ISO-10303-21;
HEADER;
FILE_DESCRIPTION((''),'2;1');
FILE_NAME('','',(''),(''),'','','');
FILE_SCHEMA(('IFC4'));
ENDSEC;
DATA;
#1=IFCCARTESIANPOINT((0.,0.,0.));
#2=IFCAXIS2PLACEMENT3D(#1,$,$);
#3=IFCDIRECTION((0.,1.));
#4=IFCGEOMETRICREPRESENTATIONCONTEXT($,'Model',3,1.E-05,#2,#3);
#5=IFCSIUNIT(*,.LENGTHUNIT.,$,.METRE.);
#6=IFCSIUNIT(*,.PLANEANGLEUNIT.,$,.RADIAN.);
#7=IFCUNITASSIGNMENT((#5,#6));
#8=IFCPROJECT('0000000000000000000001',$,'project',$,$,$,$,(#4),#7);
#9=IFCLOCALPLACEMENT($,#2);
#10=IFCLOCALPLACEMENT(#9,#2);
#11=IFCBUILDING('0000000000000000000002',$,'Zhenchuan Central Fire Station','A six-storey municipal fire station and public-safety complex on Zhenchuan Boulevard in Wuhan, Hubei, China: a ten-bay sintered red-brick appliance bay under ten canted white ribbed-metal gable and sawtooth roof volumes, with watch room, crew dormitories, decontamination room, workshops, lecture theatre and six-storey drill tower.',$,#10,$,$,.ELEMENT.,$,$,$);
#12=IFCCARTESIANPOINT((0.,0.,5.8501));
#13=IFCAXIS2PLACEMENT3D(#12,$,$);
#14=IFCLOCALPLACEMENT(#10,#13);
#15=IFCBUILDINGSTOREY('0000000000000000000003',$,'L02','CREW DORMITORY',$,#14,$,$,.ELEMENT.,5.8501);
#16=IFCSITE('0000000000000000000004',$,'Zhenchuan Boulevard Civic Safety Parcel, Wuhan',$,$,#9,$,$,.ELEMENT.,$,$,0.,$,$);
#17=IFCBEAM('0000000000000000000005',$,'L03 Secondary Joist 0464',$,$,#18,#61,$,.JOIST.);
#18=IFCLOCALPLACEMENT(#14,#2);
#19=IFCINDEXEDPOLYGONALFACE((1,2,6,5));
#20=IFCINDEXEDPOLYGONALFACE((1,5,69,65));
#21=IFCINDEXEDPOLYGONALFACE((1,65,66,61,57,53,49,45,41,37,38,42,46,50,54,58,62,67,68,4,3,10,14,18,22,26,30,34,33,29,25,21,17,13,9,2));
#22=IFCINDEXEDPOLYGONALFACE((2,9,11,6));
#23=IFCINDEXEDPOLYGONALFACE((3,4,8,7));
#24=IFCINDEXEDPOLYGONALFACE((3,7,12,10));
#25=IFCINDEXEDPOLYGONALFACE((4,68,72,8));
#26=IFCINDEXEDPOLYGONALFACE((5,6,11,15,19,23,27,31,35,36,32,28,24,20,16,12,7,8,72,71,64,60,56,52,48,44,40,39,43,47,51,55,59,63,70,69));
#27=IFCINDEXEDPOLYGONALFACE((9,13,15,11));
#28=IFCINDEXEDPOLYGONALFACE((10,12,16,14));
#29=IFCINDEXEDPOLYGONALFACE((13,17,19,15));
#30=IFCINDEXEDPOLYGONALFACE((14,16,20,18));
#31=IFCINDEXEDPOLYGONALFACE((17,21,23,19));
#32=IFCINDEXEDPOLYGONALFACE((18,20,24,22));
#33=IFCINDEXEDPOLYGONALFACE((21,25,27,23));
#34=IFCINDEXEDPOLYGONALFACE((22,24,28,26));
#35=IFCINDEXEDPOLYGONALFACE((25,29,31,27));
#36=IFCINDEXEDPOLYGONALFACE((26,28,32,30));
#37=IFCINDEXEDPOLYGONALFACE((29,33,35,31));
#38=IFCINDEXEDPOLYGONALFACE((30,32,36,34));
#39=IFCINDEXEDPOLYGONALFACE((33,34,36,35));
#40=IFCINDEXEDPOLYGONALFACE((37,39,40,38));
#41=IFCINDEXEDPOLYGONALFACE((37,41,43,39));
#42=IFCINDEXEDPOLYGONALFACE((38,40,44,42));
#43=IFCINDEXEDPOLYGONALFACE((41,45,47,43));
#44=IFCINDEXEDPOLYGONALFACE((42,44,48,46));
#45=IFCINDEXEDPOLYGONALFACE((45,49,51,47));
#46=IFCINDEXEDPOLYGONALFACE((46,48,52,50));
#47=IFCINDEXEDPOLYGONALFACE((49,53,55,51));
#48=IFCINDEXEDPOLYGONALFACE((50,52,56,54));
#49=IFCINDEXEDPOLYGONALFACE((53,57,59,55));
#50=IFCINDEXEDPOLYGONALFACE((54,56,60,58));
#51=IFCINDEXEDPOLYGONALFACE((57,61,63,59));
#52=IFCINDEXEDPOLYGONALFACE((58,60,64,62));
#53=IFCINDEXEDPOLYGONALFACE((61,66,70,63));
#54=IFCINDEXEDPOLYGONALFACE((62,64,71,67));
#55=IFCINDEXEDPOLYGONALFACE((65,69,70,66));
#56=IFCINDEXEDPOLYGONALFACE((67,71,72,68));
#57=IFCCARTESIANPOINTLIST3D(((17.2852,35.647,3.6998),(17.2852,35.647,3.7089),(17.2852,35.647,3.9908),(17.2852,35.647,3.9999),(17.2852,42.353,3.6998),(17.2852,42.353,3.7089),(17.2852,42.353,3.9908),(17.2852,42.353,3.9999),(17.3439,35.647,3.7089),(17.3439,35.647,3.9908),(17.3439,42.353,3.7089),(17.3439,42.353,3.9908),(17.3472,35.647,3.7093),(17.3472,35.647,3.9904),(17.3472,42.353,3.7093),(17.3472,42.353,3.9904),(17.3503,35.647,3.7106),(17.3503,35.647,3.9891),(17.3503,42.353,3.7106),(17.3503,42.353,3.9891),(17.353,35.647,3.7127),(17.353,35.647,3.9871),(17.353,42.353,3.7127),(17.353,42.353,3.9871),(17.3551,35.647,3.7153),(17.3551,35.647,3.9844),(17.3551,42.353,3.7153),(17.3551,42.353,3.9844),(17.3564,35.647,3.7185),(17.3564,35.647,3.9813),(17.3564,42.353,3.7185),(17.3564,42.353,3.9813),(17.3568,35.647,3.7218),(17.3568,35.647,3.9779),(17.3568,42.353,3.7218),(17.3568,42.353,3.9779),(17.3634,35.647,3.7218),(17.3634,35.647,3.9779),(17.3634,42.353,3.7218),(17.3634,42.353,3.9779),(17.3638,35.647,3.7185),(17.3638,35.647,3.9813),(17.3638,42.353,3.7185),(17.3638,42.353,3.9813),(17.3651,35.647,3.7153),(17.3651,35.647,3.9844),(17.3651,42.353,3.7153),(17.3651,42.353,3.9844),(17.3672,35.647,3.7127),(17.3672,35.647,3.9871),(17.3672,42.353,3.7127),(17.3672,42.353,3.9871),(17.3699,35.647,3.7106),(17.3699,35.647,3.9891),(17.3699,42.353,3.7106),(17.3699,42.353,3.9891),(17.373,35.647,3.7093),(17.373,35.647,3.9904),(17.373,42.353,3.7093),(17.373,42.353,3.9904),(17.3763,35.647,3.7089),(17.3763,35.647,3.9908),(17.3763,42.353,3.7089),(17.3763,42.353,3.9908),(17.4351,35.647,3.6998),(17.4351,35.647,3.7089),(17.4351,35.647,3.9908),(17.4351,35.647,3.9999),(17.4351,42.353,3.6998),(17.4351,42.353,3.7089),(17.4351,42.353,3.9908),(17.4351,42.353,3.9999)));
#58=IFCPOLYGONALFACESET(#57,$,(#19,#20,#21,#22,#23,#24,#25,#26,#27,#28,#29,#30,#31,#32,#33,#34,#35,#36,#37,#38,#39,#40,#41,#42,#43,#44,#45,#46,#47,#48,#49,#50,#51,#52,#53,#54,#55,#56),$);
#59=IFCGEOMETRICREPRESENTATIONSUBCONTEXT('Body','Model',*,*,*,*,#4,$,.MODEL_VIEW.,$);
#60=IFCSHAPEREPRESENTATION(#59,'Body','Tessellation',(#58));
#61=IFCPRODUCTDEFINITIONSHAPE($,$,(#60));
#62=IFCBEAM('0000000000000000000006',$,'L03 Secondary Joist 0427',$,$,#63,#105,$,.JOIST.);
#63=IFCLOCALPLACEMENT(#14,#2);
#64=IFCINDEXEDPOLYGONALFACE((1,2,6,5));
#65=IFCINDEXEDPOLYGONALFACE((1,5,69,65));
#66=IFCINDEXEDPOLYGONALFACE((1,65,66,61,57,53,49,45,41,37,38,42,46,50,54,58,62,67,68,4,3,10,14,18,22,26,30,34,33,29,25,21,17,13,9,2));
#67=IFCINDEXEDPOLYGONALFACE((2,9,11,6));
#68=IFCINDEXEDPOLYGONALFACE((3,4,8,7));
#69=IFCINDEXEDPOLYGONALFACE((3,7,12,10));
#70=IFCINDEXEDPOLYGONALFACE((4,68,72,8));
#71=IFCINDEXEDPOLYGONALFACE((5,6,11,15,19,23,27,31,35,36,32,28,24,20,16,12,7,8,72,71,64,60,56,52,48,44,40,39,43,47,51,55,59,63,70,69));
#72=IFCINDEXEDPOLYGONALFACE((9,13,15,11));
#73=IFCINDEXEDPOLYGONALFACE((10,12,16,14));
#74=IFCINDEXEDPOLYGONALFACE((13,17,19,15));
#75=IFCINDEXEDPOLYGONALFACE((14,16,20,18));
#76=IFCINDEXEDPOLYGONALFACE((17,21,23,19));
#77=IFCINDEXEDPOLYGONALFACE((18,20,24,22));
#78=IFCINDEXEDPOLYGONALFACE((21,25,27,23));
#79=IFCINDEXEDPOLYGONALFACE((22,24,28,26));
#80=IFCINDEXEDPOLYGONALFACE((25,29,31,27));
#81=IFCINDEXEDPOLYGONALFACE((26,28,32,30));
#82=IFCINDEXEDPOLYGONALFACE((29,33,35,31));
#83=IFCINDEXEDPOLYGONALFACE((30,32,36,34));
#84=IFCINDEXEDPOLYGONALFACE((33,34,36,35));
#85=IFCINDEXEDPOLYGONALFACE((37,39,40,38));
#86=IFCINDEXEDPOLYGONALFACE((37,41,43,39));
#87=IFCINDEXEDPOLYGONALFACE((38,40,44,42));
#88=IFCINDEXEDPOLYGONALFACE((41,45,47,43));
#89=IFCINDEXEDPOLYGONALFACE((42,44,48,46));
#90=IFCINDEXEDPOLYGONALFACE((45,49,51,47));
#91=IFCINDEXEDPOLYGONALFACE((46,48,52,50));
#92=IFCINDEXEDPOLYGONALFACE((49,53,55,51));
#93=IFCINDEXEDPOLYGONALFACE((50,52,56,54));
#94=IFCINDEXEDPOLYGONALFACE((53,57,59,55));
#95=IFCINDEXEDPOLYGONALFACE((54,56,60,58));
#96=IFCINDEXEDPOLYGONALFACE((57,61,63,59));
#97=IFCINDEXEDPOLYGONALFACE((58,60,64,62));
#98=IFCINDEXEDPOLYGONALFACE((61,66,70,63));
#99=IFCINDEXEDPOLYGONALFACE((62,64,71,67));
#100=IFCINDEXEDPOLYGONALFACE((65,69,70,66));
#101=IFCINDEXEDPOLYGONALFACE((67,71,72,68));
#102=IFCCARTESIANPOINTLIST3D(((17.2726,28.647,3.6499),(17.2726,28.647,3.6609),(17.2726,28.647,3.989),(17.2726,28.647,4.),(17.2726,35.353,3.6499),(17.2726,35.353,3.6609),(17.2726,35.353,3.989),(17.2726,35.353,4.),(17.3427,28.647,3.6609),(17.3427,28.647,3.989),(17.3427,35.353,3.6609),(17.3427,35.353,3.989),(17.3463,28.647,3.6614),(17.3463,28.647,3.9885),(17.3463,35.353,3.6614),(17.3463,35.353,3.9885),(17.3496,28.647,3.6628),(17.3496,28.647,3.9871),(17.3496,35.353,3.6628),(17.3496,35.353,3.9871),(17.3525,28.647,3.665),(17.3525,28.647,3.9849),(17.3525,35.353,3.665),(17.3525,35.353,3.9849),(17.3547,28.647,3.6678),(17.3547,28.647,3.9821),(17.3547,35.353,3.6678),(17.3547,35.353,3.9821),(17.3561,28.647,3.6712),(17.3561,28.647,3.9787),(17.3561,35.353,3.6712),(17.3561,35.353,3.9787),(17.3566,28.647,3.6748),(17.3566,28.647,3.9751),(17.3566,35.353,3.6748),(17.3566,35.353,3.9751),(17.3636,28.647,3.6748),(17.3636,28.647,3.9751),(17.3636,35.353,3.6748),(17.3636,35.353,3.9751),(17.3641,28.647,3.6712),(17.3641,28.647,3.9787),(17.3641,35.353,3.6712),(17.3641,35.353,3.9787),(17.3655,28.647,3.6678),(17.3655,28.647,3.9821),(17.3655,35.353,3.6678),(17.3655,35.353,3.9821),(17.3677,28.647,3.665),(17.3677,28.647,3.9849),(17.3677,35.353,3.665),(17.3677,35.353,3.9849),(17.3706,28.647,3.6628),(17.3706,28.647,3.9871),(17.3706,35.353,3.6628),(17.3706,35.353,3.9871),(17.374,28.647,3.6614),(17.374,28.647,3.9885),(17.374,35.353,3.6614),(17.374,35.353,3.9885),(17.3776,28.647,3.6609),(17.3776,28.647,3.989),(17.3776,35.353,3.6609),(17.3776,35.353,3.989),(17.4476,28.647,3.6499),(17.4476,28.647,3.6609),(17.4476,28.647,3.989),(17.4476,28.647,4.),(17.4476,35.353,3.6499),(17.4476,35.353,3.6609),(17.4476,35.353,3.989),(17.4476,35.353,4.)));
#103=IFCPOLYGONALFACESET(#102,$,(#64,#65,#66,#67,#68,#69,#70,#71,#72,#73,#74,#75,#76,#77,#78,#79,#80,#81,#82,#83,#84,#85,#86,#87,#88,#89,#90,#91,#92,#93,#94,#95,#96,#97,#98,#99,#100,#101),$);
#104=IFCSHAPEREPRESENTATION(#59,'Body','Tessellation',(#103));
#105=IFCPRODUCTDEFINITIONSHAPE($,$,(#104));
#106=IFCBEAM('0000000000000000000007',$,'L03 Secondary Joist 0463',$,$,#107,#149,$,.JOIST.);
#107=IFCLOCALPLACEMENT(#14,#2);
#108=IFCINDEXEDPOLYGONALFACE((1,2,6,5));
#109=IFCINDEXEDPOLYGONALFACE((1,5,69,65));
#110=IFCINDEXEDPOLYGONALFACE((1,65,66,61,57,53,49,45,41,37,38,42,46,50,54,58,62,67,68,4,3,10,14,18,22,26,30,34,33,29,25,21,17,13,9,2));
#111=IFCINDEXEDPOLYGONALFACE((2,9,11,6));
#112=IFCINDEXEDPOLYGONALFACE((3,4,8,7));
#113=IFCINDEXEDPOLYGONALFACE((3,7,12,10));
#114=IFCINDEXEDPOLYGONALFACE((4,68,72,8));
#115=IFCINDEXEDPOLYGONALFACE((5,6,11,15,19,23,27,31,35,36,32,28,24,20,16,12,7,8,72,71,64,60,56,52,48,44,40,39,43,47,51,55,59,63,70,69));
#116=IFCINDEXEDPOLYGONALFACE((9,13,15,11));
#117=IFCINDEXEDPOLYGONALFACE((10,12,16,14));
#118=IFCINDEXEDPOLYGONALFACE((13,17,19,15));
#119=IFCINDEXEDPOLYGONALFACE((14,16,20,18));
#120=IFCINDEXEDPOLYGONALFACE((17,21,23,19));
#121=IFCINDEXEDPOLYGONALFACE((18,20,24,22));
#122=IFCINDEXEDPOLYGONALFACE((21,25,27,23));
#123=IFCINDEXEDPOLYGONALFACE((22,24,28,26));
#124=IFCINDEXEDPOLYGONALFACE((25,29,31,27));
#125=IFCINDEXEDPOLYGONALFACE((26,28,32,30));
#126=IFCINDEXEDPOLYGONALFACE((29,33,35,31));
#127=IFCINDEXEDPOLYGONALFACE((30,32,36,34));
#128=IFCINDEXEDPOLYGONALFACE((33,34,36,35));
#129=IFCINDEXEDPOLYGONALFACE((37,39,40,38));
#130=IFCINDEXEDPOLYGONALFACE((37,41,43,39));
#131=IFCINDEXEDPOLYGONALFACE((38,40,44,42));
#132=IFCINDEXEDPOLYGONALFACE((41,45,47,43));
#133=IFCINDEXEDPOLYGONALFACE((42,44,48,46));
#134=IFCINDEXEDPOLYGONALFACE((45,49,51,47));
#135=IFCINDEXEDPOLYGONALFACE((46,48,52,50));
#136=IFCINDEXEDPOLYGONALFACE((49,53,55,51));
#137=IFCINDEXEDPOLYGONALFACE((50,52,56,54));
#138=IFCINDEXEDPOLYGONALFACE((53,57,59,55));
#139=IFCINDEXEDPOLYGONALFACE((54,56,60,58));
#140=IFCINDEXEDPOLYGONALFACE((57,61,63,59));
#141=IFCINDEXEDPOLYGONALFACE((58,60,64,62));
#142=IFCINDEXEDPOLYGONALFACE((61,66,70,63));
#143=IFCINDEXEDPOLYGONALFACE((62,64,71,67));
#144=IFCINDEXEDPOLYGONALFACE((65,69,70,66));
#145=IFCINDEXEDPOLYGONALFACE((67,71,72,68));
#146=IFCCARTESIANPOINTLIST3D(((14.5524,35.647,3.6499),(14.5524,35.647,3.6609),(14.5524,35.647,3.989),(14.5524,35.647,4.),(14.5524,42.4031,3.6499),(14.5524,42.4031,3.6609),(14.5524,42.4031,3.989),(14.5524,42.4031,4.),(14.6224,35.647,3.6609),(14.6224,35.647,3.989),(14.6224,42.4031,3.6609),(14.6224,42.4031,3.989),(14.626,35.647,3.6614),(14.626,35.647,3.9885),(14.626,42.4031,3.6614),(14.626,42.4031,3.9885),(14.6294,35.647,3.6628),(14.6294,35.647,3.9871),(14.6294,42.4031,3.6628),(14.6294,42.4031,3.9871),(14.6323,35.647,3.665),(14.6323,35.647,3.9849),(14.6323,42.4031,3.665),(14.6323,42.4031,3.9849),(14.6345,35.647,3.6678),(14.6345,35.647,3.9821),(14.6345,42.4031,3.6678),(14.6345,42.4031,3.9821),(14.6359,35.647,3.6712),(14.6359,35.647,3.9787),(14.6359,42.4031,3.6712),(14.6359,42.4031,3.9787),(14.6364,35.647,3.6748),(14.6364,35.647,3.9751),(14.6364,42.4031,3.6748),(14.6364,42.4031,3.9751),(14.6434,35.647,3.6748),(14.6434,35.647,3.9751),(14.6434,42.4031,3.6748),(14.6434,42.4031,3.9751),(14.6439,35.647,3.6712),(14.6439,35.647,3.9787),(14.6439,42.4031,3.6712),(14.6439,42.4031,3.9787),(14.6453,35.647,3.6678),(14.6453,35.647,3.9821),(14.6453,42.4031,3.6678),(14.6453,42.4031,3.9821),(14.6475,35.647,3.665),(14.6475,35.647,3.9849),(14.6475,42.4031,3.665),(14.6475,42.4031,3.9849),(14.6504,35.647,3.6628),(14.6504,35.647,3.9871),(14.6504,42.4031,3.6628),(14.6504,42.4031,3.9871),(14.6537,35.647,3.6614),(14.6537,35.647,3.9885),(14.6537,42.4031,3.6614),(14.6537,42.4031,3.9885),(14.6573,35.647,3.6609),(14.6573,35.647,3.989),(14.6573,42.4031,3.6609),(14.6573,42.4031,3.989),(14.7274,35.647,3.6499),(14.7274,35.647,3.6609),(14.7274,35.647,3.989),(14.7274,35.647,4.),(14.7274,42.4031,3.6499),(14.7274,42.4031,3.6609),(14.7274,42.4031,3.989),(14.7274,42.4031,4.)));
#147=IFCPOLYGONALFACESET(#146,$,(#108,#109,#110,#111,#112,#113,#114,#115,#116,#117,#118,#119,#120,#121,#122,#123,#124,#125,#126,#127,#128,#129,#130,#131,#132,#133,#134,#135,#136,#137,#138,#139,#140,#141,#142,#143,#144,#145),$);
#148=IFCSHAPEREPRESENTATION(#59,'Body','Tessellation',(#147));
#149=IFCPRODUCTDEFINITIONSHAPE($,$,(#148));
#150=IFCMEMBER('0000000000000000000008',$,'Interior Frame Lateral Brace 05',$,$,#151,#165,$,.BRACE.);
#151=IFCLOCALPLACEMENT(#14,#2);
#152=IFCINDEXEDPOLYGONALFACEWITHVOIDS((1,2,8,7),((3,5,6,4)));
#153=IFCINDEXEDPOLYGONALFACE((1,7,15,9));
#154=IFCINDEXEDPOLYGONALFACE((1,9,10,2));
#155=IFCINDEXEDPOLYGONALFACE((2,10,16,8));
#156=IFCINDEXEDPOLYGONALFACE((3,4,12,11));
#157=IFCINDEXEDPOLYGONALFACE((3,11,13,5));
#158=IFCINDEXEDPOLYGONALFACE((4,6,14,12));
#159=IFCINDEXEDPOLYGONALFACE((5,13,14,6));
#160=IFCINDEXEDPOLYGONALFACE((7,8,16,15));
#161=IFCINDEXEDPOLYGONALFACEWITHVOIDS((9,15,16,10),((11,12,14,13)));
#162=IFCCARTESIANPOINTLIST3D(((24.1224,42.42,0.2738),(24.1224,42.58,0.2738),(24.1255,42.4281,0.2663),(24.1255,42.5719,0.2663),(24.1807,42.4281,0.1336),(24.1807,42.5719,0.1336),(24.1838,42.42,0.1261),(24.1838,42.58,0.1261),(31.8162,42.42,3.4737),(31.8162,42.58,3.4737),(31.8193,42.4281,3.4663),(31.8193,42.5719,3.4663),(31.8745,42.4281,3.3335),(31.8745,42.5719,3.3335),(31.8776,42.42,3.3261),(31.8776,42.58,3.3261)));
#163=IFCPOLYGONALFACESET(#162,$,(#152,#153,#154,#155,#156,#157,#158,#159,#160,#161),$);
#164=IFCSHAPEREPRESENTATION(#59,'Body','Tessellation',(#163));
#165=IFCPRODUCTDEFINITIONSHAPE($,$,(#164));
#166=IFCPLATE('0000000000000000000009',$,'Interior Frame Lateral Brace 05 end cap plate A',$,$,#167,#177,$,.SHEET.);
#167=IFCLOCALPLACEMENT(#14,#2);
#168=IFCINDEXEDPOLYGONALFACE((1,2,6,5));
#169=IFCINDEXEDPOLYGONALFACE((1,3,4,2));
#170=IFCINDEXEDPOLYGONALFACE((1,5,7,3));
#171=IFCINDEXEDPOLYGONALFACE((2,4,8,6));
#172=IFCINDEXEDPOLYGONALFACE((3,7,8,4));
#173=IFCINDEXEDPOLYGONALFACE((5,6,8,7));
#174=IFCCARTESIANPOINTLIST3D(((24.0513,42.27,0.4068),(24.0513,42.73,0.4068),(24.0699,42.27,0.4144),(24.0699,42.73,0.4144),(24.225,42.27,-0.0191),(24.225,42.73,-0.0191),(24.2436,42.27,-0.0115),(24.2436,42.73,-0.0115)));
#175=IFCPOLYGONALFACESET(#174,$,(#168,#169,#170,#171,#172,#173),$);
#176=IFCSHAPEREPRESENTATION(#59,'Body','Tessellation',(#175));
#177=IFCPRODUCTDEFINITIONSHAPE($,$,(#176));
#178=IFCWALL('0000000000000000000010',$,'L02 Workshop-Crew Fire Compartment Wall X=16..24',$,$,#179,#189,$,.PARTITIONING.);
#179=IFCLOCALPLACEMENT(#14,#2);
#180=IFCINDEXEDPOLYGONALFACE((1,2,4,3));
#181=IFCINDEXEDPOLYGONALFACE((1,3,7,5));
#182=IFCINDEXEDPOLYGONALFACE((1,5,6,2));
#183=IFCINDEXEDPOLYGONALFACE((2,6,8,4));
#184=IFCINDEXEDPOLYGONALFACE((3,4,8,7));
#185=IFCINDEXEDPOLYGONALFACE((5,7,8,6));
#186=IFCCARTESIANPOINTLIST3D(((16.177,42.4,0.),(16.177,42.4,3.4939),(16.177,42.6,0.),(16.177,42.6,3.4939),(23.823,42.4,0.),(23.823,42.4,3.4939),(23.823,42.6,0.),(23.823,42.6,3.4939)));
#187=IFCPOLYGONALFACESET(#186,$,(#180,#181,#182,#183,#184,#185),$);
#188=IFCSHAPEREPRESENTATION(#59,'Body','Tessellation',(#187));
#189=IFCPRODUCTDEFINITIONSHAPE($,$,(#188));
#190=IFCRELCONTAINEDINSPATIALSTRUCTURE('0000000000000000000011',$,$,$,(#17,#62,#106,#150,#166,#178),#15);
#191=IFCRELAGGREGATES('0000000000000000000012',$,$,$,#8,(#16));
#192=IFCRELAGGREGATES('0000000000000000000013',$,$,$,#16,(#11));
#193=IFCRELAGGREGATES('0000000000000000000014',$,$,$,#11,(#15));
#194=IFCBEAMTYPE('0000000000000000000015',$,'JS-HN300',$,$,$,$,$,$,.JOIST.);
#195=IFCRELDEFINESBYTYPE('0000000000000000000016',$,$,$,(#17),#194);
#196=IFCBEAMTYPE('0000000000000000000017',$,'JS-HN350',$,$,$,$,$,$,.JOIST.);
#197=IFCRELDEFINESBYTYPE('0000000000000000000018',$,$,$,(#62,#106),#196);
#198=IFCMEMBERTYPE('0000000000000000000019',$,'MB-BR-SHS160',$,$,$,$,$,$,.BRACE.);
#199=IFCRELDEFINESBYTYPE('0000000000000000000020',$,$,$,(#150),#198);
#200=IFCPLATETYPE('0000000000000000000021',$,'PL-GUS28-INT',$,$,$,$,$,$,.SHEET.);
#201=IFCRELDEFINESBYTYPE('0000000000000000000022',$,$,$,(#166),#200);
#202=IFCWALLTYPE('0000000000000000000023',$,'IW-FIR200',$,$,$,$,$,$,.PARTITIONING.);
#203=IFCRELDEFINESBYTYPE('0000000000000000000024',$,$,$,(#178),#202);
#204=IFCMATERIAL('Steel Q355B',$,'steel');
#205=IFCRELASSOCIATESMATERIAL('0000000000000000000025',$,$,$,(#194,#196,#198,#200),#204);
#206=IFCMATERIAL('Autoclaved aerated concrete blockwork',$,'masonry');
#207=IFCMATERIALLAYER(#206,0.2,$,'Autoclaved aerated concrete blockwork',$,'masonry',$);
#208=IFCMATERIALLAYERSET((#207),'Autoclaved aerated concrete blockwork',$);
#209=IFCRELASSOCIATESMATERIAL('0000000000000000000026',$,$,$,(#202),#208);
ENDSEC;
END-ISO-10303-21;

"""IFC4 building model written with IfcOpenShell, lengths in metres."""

from ifc_helpers import new_model, si_unit, direction, frame, frame_2d, origin, origin_2d, place, context, subcontext, project, spatial, rectangle, hollow_rectangle, i_section, extrude, material, layer, layer_set, material_profile, profile_set, type_object, element, save


model = new_model("IFC4")

# Units and contexts
model_context = context("Model", 3, precision=1e-05, world=origin(), true_north=direction((0.0, 1.0)))
body_context = subcontext(model_context, "Body", "Model", "MODEL_VIEW")
ifc_project = project(units=[si_unit("LENGTHUNIT", "METRE"), si_unit("PLANEANGLEUNIT", "RADIAN")], contexts=[model_context])

# Site, building, storey
site_placement = place(None, origin())
site = spatial("IfcSite", under=ifc_project, at=site_placement, Name="Zhenchuan Boulevard Civic Safety Parcel, Wuhan", CompositionType="ELEMENT", RefElevation=0.0)
building_placement = place(site_placement, origin())
building = spatial("IfcBuilding", under=site, at=building_placement, Name="Zhenchuan Central Fire Station", Description="A six-storey municipal fire station and public-safety complex on Zhenchuan Boulevard in Wuhan, Hubei, China: a ten-bay sintered red-brick appliance bay under ten canted white ribbed-metal gable and sawtooth roof volumes, with watch room, crew dormitories, decontamination room, workshops, lecture theatre and six-storey drill tower.", CompositionType="ELEMENT")
storey_placement = place(building_placement, frame((0.0, 0.0, 5.8501)))
storey = spatial("IfcBuildingStorey", under=building, at=storey_placement, Name="L02", Description="CREW DORMITORY", CompositionType="ELEMENT", Elevation=5.8501)

# Shared definitions
ifc_material_1 = material(Name="Steel Q355B", Category="steel")

# Beams
ifc_material_profile_1 = material_profile(ifc_material_1, i_section(OverallWidth=0.1499, OverallDepth=0.3, WebThickness=0.0066, FlangeThickness=0.009, FilletRadius=0.0129, at=origin_2d()), Name="HN 300x150")
ifc_profile_set_1 = profile_set([ifc_material_profile_1], Name="Steel Q355B")
beam_type_1 = type_object("IfcBeamType", Name="JS-HN300", PredefinedType="JOIST", material=ifc_profile_set_1)
for number, where, z_axis, x_axis, name in (
    (1, (17.3601, 35.647, 3.8499), (0.0, 1.0, 0.0), (-1.0, 0.0, 0.0), "L03 Secondary Joist 0464"),
):
    element("IfcBeam", number, at=place(storey_placement, frame(where, z_axis=z_axis, x_axis=x_axis)), inside=storey, type_object=beam_type_1, Name=name, PredefinedType="JOIST", context=body_context, shape_type="SweptSolid", body=[
        extrude(i_section(OverallWidth=0.1499, OverallDepth=0.3, WebThickness=0.0066, FlangeThickness=0.009, FilletRadius=0.0129, at=origin_2d()), origin(), (0.0, 0.0, 1.0), 6.7061),
    ])
ifc_material_profile_2 = material_profile(ifc_material_1, i_section(OverallWidth=0.175, OverallDepth=0.3501, WebThickness=0.0071, FlangeThickness=0.011, FilletRadius=0.0139, at=origin_2d()), Name="HN 350x175")
ifc_profile_set_2 = profile_set([ifc_material_profile_2], Name="Steel Q355B")
beam_type_2 = type_object("IfcBeamType", Name="JS-HN350", PredefinedType="JOIST", material=ifc_profile_set_2)
beam_1_placement = place(storey_placement, frame((17.3601, 28.647, 3.825), z_axis=(0.0, 1.0, 0.0), x_axis=(-1.0, 0.0, 0.0)))
element("IfcBeam", 2, at=beam_1_placement, inside=storey, type_object=beam_type_2, Name="L03 Secondary Joist 0427", PredefinedType="JOIST", context=body_context, shape_type="SweptSolid", body=[
    extrude(i_section(OverallWidth=0.175, OverallDepth=0.3501, WebThickness=0.0071, FlangeThickness=0.011, FilletRadius=0.0139, at=origin_2d()), origin(), (0.0, 0.0, 1.0), 6.7061),
])
beam_2_placement = place(storey_placement, frame((14.6399, 35.647, 3.825), z_axis=(0.0, 1.0, 0.0), x_axis=(-1.0, 0.0, 0.0)))
element("IfcBeam", 3, at=beam_2_placement, inside=storey, type_object=beam_type_2, Name="L03 Secondary Joist 0463", PredefinedType="JOIST", context=body_context, shape_type="SweptSolid", body=[
    extrude(i_section(OverallWidth=0.175, OverallDepth=0.3501, WebThickness=0.0071, FlangeThickness=0.011, FilletRadius=0.0139, at=origin_2d()), origin(), (0.0, 0.0, 1.0), 6.7561),
])

# Member
ifc_material_profile_3 = material_profile(ifc_material_1, hollow_rectangle(XDim=0.1599, YDim=0.1599, WallThickness=0.0081, at=origin_2d()), Name="SHS 160x160x8")
ifc_profile_set_3 = profile_set([ifc_material_profile_3], Name="Steel Q355B")
member_type = type_object("IfcMemberType", Name="MB-BR-SHS160", PredefinedType="BRACE", material=ifc_profile_set_3)
member_placement = place(storey_placement, frame((24.1531, 42.5, 0.2), z_axis=(0.923325, 0.0, 0.38402), x_axis=(0.0, 1.0, 0.0)))
element("IfcMember", 4, at=member_placement, inside=storey, type_object=member_type, Name="Interior Frame Lateral Brace 05", PredefinedType="BRACE", context=body_context, shape_type="SweptSolid", body=[
    extrude(hollow_rectangle(XDim=0.1599, YDim=0.1599, WallThickness=0.0081, at=origin_2d()), origin(), (0.0, 0.0, 1.0), 8.3328),
])

# Plate
ifc_material_profile_4 = material_profile(ifc_material_1, rectangle(XDim=0.46, YDim=0.46, at=origin_2d()), Name="PL 460x460x28")
ifc_profile_set_4 = profile_set([ifc_material_profile_4], Name="Steel Q355B")
plate_type = type_object("IfcPlateType", Name="PL-GUS28-INT", PredefinedType="SHEET", material=ifc_profile_set_4)
plate_placement = place(storey_placement, frame((24.1382, 42.5, 0.1938), z_axis=(0.925935, 0.0, 0.377684), x_axis=(0.0, 1.0, 0.0)))
element("IfcPlate", 5, at=plate_placement, inside=storey, type_object=plate_type, Name="Interior Frame Lateral Brace 05 end cap plate A", PredefinedType="SHEET", context=body_context, shape_type="SweptSolid", body=[
    extrude(rectangle(XDim=0.46, YDim=0.46, at=origin_2d()), origin(), (0.0, 0.0, 1.0), 0.02),
])

# Wall
ifc_material_2 = material(Name="Autoclaved aerated concrete blockwork", Category="masonry")
ifc_layer_1 = layer(ifc_material_2, 0.2, Name="Autoclaved aerated concrete blockwork", Category="masonry")
ifc_layer_set_1 = layer_set([ifc_layer_1], Name="Autoclaved aerated concrete blockwork")
wall_type_1 = type_object("IfcWallType", Name="IW-FIR200", PredefinedType="PARTITIONING", material=ifc_layer_set_1)
wall_1_placement = place(storey_placement, frame((16.177, 42.5, 0.0), z_axis=(0.0, 0.0, 1.0), x_axis=(1.0, 0.0, 0.0)))
element("IfcWall", 6, at=wall_1_placement, inside=storey, type_object=wall_type_1, Name="L02 Workshop-Crew Fire Compartment Wall X=16..24", PredefinedType="PARTITIONING", context=body_context, shape_type="SweptSolid", body=[
    extrude(rectangle(XDim=7.646, YDim=0.2, at=frame_2d((3.823, 0.0))), origin(), (0.0, 0.0, 1.0), 3.4939),
])

save(model, "model.ifc")
